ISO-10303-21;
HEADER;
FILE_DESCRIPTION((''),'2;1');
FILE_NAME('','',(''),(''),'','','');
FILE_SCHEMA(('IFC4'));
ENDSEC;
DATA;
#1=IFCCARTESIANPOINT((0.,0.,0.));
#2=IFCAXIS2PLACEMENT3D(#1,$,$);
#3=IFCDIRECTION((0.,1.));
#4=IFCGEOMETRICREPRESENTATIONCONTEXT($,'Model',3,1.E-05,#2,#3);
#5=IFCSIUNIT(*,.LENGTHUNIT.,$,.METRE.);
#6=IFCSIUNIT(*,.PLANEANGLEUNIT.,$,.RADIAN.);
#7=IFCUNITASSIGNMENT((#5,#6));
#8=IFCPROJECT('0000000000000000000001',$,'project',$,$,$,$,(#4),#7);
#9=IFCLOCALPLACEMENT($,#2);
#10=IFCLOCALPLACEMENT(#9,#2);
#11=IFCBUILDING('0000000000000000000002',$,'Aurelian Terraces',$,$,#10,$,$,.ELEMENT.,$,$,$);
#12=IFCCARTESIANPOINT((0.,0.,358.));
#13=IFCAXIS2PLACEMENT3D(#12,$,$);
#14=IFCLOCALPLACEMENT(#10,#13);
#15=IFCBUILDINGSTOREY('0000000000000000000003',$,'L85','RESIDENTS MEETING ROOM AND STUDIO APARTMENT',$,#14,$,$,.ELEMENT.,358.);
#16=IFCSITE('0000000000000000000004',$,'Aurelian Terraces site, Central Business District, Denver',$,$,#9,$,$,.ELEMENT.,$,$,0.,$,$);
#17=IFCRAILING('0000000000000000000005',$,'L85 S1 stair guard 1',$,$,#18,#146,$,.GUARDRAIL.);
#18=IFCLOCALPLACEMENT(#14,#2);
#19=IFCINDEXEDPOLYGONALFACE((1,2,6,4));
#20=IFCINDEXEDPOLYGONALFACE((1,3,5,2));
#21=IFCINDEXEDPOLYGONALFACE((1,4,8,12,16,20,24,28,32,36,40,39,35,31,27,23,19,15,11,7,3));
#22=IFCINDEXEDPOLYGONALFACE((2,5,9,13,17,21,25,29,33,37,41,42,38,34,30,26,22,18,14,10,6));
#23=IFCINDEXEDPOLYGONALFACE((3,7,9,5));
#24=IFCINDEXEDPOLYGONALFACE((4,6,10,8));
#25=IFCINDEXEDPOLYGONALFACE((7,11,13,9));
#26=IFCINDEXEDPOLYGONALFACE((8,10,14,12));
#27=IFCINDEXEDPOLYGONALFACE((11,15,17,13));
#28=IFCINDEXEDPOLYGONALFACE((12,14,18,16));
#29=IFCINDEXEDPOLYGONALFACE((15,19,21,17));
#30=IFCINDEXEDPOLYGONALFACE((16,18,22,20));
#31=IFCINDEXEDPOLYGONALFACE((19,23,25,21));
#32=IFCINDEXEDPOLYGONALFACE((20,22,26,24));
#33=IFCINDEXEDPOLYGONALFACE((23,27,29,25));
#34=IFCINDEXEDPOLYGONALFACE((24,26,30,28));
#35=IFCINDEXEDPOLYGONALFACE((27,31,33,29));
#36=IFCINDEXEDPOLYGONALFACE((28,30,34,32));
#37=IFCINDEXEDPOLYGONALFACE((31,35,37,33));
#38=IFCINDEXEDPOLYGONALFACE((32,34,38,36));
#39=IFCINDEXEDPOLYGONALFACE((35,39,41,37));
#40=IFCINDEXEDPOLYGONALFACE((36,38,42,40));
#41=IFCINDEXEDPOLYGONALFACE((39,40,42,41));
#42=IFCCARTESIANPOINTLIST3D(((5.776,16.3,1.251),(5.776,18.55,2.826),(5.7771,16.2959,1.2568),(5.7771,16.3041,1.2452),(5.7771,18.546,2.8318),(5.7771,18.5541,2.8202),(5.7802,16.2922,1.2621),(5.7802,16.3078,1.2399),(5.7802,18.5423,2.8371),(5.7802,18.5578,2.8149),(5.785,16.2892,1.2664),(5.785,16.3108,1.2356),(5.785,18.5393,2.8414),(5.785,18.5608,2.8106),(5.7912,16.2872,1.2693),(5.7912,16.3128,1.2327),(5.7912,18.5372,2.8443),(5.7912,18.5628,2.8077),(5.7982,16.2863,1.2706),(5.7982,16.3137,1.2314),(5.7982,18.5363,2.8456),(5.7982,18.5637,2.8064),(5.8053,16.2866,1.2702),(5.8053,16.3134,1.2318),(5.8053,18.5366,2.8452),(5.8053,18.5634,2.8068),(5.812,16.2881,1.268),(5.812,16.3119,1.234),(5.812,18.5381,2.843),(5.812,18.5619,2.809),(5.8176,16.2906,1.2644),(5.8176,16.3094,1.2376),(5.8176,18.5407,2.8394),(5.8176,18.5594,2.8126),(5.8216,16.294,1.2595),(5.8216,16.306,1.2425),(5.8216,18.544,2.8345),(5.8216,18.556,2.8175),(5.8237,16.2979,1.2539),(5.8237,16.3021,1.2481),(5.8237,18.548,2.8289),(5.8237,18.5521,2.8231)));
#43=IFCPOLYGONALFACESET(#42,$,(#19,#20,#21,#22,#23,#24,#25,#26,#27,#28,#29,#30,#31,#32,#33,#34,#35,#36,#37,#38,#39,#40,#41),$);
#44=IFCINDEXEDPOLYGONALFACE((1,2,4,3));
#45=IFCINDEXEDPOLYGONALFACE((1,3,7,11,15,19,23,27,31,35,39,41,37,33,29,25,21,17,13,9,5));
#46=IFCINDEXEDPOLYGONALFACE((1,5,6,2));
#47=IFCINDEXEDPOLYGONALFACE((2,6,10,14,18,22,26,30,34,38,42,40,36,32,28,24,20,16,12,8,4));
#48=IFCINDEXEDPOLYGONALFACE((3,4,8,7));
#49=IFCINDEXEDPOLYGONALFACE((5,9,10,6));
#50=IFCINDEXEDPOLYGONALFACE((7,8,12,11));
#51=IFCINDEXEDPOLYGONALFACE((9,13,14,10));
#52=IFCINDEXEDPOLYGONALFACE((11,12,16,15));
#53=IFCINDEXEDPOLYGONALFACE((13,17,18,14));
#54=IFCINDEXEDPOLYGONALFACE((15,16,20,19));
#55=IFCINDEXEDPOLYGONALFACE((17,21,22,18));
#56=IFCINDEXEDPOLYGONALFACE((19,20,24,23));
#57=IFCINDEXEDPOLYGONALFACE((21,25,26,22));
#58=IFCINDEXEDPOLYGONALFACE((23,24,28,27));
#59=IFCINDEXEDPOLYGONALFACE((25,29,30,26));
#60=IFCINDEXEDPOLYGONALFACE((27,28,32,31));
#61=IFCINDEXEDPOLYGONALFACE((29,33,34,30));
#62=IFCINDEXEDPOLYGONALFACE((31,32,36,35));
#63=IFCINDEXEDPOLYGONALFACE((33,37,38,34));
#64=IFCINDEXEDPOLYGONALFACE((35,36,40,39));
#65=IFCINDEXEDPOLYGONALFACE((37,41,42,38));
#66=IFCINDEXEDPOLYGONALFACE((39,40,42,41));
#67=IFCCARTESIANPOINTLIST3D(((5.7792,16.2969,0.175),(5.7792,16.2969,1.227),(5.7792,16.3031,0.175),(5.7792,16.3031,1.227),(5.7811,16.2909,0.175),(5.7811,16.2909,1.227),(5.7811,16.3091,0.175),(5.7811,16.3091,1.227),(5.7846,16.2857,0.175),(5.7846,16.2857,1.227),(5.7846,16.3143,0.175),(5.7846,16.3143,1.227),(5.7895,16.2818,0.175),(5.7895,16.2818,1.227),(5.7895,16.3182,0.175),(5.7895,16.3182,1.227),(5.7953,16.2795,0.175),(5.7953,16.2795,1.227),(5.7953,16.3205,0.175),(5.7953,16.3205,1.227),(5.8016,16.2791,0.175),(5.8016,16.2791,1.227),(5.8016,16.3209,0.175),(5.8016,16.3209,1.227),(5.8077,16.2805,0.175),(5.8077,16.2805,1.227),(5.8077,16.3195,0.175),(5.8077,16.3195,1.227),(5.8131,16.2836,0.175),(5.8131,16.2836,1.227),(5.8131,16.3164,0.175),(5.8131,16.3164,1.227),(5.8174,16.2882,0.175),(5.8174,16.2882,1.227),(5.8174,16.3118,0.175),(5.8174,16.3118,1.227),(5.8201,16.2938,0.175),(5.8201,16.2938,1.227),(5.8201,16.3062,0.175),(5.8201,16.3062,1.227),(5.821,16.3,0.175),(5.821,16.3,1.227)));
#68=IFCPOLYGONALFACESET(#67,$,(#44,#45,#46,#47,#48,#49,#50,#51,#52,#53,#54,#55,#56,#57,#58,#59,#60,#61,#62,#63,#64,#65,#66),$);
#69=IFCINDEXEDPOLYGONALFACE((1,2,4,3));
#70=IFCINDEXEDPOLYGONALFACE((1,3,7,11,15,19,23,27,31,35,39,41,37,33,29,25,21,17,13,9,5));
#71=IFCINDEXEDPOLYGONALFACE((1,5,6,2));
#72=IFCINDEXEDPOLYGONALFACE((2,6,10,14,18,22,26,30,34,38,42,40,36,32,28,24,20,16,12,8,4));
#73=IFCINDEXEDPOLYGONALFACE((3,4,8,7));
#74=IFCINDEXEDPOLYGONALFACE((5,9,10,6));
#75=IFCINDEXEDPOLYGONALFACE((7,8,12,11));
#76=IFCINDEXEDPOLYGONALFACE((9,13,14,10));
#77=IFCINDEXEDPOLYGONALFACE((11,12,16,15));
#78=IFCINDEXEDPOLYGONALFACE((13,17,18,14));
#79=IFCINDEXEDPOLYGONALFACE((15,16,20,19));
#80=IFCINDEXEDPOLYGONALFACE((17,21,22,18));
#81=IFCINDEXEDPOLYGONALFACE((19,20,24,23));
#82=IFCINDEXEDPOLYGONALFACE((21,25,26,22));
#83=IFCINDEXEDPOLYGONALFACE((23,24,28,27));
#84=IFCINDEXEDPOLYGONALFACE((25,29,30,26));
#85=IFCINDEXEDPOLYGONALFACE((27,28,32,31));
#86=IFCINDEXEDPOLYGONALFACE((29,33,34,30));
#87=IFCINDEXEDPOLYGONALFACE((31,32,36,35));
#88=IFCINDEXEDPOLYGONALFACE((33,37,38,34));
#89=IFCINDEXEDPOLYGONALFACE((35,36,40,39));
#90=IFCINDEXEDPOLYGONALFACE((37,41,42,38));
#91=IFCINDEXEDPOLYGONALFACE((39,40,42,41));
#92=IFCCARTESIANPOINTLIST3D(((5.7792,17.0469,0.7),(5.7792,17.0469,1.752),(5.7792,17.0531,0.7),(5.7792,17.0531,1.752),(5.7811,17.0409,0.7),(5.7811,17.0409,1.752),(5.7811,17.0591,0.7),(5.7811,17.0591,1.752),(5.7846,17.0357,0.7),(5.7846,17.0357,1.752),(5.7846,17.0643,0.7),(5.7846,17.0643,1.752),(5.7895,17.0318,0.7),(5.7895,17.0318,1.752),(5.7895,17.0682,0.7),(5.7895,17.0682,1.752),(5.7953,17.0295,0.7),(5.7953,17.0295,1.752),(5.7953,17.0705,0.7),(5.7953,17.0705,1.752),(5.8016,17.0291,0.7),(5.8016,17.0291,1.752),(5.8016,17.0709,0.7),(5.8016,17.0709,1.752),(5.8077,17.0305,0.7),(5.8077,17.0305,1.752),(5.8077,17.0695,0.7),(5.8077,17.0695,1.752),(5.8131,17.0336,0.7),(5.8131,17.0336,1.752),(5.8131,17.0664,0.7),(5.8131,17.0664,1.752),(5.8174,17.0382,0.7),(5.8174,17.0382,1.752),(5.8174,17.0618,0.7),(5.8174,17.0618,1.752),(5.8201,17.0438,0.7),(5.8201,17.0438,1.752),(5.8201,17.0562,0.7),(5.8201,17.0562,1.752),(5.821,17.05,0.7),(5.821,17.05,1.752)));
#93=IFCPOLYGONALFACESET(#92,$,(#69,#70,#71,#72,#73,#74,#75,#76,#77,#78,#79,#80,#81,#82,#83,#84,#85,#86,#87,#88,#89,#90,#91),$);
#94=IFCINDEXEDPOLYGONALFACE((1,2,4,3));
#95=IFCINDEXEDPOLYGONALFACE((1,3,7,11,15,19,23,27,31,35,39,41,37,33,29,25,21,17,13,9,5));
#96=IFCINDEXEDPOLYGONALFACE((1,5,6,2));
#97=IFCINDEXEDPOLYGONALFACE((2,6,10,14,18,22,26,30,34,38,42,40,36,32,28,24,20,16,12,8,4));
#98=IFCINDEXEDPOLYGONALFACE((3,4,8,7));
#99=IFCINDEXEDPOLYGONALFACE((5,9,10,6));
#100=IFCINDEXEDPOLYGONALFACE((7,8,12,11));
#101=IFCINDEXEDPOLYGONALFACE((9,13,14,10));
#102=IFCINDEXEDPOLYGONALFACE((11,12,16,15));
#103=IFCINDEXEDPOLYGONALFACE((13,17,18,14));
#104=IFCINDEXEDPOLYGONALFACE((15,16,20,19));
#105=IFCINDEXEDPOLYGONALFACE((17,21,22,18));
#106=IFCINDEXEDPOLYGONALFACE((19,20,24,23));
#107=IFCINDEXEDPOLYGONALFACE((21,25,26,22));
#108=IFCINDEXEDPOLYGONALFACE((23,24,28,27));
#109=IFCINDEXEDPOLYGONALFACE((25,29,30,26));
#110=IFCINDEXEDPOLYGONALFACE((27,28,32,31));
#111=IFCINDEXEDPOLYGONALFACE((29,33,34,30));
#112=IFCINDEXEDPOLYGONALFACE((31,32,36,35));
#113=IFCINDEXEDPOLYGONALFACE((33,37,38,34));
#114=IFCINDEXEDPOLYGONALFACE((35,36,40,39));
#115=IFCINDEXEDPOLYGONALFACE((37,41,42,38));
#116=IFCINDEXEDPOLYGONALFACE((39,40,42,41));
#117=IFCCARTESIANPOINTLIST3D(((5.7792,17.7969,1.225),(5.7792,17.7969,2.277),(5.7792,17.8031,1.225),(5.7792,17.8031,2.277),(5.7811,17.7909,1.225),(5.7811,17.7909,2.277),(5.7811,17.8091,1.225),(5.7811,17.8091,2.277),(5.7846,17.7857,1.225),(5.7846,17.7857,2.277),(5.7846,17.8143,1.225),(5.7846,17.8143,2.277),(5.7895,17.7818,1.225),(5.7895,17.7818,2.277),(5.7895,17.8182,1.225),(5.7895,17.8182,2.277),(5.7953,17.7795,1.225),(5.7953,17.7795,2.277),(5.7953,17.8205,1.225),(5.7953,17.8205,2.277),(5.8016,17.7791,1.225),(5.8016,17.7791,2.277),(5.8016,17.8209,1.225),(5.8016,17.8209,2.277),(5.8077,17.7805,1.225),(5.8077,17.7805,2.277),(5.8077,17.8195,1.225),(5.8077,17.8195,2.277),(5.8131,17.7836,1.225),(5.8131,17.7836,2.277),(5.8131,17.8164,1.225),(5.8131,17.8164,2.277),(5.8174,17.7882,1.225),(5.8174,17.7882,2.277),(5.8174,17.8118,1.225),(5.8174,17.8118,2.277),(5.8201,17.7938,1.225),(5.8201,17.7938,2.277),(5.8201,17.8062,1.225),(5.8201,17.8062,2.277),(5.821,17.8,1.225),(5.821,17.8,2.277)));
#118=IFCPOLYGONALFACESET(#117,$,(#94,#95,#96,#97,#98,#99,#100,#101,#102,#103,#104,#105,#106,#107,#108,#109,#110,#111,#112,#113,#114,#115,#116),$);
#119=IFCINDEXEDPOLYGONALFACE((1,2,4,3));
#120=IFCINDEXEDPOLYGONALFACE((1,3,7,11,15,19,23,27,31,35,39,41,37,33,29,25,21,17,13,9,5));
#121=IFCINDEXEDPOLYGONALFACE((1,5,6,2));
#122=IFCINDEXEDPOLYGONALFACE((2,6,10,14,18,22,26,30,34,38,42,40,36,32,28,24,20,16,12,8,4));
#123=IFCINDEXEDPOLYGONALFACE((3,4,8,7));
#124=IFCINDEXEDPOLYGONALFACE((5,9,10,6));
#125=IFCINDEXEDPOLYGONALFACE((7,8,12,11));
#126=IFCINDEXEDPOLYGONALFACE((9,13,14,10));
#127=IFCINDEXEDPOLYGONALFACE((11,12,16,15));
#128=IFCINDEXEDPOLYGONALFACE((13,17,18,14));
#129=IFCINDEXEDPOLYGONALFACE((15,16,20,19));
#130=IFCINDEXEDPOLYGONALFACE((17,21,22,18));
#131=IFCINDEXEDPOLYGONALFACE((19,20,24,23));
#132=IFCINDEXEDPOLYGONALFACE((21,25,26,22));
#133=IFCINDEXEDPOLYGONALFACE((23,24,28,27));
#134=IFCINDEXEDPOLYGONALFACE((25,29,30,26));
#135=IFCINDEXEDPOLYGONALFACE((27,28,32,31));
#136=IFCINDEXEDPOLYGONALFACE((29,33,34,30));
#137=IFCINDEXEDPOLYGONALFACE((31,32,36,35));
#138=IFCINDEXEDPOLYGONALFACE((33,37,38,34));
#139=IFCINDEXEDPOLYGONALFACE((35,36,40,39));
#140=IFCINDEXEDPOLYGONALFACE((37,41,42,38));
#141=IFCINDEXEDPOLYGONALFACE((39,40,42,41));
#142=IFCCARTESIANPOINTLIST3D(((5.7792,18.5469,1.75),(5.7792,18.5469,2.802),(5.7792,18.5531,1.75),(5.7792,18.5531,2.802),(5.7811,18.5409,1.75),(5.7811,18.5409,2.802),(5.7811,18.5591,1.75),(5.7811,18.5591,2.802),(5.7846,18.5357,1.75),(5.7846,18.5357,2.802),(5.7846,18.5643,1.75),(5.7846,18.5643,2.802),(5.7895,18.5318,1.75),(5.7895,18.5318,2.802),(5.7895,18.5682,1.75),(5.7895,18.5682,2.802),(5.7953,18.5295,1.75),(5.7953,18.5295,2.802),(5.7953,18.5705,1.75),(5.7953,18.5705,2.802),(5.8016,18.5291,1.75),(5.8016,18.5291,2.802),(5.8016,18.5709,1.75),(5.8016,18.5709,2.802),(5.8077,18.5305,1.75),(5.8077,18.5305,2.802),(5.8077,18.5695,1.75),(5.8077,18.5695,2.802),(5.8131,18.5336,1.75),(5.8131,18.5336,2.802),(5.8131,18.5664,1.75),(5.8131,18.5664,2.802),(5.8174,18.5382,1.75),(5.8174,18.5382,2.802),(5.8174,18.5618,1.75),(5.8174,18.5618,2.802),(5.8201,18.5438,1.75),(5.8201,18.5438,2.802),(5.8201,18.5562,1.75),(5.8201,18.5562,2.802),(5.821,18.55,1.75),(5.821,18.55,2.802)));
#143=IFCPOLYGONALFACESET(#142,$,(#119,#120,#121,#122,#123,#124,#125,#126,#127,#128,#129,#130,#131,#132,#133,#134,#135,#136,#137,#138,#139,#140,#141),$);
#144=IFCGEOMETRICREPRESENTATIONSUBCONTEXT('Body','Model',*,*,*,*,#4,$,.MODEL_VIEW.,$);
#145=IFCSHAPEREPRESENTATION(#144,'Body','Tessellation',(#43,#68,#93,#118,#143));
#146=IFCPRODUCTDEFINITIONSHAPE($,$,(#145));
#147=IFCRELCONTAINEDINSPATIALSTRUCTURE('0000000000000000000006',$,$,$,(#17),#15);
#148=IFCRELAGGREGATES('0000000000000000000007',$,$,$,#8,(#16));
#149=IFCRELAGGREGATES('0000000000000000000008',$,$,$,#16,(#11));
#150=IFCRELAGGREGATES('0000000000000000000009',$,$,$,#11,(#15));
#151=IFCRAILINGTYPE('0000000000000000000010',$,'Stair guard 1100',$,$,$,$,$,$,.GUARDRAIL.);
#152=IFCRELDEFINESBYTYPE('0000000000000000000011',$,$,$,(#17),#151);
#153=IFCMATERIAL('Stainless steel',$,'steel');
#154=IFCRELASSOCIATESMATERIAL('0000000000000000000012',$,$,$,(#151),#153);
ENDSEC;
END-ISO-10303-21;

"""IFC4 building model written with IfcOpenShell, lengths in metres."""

from ifc_helpers import new_model, si_unit, direction, frame, origin, origin_2d, place, context, subcontext, project, spatial, circle, extrude, source, transform, mapped, material, type_object, element, save


model = new_model("IFC4")

# Units and contexts
model_context = context("Model", 3, precision=1e-05, world=origin(), true_north=direction((0.0, 1.0)))
body_context = subcontext(model_context, "Body", "Model", "MODEL_VIEW")
ifc_project = project(units=[si_unit("LENGTHUNIT", "METRE"), si_unit("PLANEANGLEUNIT", "RADIAN")], contexts=[model_context])

# Site, building, storey
site_placement = place(None, origin())
site = spatial("IfcSite", under=ifc_project, at=site_placement, Name="Aurelian Terraces site, Central Business District, Denver", CompositionType="ELEMENT", RefElevation=0.0)
building_placement = place(site_placement, origin())
building = spatial("IfcBuilding", under=site, at=building_placement, Name="Aurelian Terraces", CompositionType="ELEMENT")
storey_placement = place(building_placement, frame((0.0, 0.0, 358.0)))
storey = spatial("IfcBuildingStorey", under=building, at=storey_placement, Name="L85", Description="RESIDENTS MEETING ROOM AND STUDIO APARTMENT", CompositionType="ELEMENT", Elevation=358.0)

# Shared definitions
ifc_material_1 = material(Name="Stainless steel", Category="steel")

# Railing
railing_type = type_object("IfcRailingType", Name="Stair guard 1100", PredefinedType="GUARDRAIL", material=ifc_material_1)
shared_shape_1 = source(origin(), body_context, "Body", "SweptSolid", [
    extrude(circle(Radius=0.024, at=origin_2d()), frame((0.0, 0.0, 1.076), z_axis=(0.0, 0.819232, 0.573462), x_axis=(-1.0, 0.0, 0.0)), (0.0, 0.0, 1.0), 2.7465),
    extrude(circle(Radius=0.021, at=origin_2d()), origin(), (0.0, 0.0, 1.0), 1.052),
    extrude(circle(Radius=0.021, at=origin_2d()), frame((0.0, 0.75, 0.525)), (0.0, 0.0, 1.0), 1.052),
    extrude(circle(Radius=0.021, at=origin_2d()), frame((0.0, 1.5, 1.05)), (0.0, 0.0, 1.0), 1.052),
    extrude(circle(Radius=0.021, at=origin_2d()), frame((0.0, 2.25, 1.575)), (0.0, 0.0, 1.0), 1.052),
])
railing_1_placement = place(storey_placement, frame((5.8, 16.3, 0.175)))
element("IfcRailing", 1, at=railing_1_placement, inside=storey, type_object=railing_type, Name="L85 S1 stair guard 1", PredefinedType="GUARDRAIL", context=body_context, shape_type="MappedRepresentation", body=[
    mapped(shared_shape_1, transform((0.0, 0.0, 0.0), scale=1.0)),
])

save(model, "model.ifc")
